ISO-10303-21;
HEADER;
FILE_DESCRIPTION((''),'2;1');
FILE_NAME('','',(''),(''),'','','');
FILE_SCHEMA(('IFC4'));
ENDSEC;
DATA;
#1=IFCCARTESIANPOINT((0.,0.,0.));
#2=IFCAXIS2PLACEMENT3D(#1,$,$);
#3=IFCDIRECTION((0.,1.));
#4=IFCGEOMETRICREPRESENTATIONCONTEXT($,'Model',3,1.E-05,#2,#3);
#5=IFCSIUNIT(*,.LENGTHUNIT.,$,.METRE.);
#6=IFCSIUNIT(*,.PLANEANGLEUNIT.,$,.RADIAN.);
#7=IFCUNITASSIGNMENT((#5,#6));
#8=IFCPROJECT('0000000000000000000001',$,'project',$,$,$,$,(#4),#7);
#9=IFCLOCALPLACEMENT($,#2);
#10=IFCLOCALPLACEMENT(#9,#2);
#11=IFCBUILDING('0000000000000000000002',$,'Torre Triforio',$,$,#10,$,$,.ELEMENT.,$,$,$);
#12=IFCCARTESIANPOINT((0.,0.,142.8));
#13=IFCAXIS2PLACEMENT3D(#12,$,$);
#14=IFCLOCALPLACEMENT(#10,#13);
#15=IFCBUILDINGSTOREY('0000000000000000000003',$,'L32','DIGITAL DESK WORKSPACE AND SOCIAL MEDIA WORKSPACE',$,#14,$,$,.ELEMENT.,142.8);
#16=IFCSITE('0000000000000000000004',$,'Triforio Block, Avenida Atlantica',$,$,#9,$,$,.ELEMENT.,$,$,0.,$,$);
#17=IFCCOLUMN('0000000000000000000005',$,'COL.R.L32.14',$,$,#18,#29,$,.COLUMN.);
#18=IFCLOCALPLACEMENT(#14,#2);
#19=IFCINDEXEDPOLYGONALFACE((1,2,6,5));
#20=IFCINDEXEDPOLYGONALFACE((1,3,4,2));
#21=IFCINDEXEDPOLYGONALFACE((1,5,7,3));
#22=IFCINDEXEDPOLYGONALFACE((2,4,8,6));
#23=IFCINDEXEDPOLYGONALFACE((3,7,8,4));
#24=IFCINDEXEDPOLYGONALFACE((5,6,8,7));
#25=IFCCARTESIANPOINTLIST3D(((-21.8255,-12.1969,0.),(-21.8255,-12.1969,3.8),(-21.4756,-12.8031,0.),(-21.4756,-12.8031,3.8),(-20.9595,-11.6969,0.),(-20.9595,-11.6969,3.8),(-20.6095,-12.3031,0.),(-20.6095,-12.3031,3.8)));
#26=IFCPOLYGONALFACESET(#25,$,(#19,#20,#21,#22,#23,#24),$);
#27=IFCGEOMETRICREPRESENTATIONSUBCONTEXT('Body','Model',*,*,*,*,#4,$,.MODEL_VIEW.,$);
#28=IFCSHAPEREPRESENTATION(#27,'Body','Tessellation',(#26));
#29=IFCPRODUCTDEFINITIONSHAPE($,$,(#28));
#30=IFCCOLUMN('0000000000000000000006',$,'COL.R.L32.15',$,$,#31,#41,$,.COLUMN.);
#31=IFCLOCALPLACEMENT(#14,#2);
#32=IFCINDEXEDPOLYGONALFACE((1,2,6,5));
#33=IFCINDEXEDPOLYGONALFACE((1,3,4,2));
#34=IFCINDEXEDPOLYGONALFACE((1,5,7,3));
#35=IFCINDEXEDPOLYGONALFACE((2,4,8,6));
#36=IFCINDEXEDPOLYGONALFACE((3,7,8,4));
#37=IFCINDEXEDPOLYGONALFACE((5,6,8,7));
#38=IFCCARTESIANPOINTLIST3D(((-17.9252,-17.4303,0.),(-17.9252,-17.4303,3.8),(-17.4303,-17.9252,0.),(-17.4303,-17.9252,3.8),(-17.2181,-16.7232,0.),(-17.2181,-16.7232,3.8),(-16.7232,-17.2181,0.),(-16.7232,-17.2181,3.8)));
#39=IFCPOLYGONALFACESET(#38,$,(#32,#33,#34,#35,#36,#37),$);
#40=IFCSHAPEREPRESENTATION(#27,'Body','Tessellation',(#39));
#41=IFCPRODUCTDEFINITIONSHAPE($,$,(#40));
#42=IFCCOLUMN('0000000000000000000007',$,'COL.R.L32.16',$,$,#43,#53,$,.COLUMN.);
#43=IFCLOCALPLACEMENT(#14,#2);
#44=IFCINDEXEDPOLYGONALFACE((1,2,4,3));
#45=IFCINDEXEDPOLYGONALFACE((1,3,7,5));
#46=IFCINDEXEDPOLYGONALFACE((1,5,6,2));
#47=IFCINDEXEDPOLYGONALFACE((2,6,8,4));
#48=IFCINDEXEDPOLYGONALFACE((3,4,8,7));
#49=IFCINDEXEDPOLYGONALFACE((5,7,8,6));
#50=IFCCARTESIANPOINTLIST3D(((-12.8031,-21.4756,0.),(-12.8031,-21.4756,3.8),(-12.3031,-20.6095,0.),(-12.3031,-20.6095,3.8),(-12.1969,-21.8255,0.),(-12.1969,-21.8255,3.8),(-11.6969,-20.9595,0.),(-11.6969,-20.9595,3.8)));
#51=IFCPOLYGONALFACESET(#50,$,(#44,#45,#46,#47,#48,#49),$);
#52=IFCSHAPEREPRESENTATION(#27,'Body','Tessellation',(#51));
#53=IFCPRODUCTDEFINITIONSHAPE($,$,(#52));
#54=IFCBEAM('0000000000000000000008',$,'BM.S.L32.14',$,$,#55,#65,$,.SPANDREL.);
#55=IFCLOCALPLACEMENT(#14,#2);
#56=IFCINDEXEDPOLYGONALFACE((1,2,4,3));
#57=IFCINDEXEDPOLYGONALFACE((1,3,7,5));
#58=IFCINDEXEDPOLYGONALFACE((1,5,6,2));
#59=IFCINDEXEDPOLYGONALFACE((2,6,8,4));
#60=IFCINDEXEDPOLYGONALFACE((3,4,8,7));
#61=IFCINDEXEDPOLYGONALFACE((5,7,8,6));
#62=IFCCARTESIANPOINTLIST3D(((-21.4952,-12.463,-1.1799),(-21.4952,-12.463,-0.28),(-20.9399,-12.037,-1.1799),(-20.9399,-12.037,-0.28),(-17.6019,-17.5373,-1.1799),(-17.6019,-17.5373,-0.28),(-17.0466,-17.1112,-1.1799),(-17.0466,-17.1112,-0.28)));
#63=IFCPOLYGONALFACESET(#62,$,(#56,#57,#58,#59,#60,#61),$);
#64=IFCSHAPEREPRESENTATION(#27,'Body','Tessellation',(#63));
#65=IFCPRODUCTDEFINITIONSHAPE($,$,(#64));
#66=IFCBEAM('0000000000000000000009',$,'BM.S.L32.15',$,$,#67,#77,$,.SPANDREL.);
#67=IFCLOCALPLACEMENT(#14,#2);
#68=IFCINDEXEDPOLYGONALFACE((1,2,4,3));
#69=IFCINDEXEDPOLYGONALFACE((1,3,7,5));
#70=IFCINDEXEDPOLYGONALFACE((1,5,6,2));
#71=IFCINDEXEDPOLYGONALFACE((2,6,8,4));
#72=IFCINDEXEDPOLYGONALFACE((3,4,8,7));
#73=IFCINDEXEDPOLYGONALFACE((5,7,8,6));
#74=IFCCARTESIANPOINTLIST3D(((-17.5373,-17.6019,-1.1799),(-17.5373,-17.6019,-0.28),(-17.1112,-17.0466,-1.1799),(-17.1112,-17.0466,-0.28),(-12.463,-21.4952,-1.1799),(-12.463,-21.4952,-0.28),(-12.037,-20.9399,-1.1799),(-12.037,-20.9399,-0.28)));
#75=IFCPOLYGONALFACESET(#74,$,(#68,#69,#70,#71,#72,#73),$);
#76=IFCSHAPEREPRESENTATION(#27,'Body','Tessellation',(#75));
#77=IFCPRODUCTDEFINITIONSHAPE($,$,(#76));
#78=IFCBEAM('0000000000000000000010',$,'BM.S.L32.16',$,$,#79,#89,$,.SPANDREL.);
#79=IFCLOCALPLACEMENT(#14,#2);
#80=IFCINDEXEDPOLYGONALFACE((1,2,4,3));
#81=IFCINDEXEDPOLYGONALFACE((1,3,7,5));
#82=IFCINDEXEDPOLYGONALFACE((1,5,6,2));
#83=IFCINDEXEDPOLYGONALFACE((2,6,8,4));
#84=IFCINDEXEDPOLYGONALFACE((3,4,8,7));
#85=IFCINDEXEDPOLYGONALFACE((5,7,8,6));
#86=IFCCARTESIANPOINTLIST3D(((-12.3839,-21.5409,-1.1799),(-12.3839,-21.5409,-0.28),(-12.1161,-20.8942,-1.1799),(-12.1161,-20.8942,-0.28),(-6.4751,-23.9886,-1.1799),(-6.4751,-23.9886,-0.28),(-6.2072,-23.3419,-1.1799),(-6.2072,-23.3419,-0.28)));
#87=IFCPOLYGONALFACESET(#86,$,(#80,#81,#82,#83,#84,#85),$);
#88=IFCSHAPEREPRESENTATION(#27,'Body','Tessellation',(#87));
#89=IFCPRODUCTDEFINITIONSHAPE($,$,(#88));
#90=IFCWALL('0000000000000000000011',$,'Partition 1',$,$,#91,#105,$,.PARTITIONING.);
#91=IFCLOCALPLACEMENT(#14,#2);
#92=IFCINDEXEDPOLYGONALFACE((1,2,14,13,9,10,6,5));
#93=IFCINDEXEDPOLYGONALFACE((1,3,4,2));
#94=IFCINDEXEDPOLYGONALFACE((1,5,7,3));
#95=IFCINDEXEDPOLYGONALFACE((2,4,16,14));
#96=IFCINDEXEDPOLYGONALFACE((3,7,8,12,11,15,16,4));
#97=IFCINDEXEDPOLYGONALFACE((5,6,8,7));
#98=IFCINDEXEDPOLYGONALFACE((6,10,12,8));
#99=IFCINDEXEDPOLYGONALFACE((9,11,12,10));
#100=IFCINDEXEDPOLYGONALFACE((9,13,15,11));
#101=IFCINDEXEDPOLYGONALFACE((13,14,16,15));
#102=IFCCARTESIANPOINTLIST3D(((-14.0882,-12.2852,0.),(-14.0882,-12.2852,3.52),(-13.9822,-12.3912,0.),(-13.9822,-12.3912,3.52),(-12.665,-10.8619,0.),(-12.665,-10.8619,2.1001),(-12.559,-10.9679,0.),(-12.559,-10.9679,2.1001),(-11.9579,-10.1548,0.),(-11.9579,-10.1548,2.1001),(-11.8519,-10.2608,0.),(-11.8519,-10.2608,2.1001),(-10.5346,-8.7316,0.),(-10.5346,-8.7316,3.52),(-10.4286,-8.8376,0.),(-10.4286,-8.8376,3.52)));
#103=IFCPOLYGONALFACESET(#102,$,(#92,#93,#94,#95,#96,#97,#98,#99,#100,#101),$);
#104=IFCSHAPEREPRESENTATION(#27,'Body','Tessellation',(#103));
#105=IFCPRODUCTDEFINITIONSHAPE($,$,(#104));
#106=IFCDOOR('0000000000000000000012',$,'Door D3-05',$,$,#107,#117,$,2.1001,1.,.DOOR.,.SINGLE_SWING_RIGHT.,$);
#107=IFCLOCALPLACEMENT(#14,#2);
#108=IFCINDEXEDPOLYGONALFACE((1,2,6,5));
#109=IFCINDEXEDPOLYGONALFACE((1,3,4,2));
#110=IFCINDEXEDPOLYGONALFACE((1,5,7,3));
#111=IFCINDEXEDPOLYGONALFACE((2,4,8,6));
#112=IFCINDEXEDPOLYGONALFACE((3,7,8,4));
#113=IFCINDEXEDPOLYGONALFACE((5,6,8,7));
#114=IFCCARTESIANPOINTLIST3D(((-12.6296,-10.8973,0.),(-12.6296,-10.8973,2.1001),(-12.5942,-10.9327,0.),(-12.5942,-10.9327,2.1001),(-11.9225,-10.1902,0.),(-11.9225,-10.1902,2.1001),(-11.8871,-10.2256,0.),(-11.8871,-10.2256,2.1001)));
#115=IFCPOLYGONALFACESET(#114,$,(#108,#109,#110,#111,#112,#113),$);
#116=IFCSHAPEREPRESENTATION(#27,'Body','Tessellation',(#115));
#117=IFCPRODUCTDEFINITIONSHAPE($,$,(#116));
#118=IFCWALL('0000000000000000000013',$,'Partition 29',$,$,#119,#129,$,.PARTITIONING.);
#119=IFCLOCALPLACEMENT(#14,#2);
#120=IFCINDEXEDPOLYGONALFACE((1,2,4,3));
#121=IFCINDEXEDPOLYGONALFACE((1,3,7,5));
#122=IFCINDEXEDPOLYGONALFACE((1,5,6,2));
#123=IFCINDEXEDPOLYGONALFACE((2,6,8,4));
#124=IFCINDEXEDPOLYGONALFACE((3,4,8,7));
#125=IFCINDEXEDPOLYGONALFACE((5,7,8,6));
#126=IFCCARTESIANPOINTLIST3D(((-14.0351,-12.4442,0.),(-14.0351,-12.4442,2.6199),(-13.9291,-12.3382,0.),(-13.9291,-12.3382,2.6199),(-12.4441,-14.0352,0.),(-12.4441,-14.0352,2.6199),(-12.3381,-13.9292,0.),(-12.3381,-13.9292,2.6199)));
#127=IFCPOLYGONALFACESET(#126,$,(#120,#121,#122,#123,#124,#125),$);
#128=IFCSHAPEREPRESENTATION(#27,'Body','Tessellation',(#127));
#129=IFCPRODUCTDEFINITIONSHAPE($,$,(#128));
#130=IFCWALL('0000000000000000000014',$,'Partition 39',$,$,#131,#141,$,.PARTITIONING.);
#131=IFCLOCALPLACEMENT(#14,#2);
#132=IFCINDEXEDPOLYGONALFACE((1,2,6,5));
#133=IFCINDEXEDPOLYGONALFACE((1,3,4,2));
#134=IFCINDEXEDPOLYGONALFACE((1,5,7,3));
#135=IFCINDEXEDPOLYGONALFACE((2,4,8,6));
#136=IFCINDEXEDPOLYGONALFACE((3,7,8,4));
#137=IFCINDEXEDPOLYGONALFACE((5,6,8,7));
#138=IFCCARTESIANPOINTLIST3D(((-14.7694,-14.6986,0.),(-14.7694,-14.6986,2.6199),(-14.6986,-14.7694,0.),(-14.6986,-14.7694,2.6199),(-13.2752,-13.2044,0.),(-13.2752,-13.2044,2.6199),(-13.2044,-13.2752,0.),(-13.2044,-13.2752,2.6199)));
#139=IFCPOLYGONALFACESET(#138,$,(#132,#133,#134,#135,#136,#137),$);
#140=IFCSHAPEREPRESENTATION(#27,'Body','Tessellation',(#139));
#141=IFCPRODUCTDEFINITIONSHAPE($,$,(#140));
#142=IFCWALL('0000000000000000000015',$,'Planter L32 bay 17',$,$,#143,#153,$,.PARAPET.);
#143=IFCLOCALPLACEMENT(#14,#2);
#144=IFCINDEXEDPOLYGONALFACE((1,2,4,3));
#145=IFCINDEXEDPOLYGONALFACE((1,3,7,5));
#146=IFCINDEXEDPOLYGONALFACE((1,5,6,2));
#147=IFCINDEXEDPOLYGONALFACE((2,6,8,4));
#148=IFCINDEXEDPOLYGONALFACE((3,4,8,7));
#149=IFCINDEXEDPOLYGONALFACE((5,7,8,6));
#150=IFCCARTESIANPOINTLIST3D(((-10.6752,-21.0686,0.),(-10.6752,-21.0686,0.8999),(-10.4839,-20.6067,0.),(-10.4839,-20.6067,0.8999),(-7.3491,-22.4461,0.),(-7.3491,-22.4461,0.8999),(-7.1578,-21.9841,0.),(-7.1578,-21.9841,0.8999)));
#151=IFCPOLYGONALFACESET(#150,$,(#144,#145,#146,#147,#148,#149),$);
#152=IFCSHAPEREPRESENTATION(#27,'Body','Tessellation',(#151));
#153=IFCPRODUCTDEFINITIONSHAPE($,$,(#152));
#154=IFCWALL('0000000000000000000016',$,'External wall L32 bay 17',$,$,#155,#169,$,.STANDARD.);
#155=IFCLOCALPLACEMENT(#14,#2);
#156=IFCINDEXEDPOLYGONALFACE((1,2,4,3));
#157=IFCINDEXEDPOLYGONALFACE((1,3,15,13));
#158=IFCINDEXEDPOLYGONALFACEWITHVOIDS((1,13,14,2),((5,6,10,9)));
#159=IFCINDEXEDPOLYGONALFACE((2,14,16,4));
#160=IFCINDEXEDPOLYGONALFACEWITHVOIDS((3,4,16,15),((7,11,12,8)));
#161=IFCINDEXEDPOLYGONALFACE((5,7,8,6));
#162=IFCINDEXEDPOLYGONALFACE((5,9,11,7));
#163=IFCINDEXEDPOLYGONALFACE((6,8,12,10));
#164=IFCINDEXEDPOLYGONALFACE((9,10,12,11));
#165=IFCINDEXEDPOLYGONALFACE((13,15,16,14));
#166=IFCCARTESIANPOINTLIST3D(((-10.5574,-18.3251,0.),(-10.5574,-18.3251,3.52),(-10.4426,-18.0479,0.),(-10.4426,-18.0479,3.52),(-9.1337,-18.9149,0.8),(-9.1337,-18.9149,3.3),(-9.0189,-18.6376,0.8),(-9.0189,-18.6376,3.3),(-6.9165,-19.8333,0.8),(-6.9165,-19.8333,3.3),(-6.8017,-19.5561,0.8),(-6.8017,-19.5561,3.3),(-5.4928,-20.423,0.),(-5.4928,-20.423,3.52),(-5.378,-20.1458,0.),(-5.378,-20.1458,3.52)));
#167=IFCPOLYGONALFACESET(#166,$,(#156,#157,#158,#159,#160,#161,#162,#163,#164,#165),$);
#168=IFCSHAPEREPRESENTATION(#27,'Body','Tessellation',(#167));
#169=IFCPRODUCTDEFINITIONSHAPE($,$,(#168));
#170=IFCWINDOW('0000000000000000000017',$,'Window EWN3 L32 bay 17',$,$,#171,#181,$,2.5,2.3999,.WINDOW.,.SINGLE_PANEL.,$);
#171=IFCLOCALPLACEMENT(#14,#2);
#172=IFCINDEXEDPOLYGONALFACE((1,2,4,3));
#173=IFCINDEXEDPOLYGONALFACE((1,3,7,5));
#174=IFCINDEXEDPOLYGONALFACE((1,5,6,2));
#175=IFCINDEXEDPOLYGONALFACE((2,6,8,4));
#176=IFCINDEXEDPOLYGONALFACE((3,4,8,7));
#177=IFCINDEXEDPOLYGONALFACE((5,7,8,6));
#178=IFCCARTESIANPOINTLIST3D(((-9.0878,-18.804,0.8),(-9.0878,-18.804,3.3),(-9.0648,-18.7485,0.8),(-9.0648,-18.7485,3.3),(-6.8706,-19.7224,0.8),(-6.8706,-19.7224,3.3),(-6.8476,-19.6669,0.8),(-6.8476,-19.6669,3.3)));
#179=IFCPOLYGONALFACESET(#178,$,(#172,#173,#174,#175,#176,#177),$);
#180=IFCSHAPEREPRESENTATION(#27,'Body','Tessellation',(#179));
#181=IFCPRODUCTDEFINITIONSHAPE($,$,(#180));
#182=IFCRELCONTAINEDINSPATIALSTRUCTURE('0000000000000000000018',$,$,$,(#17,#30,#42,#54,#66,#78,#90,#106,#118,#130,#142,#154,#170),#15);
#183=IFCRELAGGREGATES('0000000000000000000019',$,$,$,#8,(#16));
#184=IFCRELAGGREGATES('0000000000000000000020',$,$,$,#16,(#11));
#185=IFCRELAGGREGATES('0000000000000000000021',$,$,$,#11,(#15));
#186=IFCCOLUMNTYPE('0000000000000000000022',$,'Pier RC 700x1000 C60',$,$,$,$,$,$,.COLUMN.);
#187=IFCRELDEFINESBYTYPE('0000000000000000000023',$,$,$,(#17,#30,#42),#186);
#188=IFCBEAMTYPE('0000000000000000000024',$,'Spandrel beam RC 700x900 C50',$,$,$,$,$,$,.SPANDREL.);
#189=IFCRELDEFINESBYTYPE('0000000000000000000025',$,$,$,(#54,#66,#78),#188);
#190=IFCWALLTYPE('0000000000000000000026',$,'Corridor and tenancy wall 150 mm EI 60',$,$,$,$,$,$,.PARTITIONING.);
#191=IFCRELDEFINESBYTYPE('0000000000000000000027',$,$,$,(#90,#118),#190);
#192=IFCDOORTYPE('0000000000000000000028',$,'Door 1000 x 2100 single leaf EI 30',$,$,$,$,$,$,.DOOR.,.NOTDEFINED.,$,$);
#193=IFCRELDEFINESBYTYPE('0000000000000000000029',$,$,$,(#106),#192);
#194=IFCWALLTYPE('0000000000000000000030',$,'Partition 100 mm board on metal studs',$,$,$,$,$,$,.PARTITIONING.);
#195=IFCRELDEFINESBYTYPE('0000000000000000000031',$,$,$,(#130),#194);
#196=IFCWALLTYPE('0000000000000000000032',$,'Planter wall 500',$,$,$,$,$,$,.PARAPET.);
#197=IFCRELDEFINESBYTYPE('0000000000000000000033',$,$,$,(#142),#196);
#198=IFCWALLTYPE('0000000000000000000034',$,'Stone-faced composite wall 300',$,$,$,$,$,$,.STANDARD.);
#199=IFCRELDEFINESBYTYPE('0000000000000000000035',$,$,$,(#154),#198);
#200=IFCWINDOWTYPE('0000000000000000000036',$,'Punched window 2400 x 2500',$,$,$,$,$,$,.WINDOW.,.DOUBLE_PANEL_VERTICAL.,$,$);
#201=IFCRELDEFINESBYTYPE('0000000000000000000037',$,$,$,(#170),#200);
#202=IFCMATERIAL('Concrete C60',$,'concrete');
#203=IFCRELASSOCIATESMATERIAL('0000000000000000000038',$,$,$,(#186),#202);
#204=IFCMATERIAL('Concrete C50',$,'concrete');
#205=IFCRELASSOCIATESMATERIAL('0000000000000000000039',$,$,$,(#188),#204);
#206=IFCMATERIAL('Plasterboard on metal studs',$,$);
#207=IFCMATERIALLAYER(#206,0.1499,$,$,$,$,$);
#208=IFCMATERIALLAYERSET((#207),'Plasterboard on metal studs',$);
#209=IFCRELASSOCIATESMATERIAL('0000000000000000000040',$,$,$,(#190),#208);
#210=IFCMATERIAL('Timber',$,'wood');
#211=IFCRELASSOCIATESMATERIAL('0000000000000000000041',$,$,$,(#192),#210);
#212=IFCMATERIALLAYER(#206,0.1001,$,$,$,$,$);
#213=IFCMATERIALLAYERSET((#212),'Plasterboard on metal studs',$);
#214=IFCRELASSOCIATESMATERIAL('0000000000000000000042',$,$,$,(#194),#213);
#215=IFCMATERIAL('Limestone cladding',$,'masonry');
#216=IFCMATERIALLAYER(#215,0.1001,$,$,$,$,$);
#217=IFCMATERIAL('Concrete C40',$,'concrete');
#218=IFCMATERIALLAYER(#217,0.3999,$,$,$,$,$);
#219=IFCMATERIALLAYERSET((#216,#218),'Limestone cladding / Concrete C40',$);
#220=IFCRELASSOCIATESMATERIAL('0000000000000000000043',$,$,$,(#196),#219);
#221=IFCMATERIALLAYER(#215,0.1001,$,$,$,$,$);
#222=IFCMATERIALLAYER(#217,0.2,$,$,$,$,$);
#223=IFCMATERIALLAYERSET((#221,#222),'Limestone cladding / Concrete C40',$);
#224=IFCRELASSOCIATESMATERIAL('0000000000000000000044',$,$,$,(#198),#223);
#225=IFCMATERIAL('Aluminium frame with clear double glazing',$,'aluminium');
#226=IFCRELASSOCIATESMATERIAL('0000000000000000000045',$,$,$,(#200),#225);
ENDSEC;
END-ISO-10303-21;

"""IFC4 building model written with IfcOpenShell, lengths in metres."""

from ifc_helpers import new_model, si_unit, direction, frame, frame_2d, origin, origin_2d, place, context, subcontext, project, spatial, rectangle, extrude, material, layer, layer_set, material_profile, profile_set, type_object, element, fill, save


model = new_model("IFC4")

# Units and contexts
model_context = context("Model", 3, precision=1e-05, world=origin(), true_north=direction((0.0, 1.0)))
body_context = subcontext(model_context, "Body", "Model", "MODEL_VIEW")
ifc_project = project(units=[si_unit("LENGTHUNIT", "METRE"), si_unit("PLANEANGLEUNIT", "RADIAN")], contexts=[model_context])

# Site, building, storey
site_placement = place(None, origin())
site = spatial("IfcSite", under=ifc_project, at=site_placement, Name="Triforio Block, Avenida Atlantica", CompositionType="ELEMENT", RefElevation=0.0)
building_placement = place(site_placement, origin())
building = spatial("IfcBuilding", under=site, at=building_placement, Name="Torre Triforio", CompositionType="ELEMENT")
storey_placement = place(building_placement, frame((0.0, 0.0, 142.8)))
storey = spatial("IfcBuildingStorey", under=building, at=storey_placement, Name="L32", Description="DIGITAL DESK WORKSPACE AND SOCIAL MEDIA WORKSPACE", CompositionType="ELEMENT", Elevation=142.8)

# Columns
ifc_material_1 = material(Name="Concrete C60", Category="concrete")
ifc_material_profile_1 = material_profile(ifc_material_1, rectangle(XDim=0.7, YDim=1.0, at=origin_2d()), Name="RC 700x1000")
ifc_profile_set_1 = profile_set([ifc_material_profile_1], Name="Concrete C60")
column_type = type_object("IfcColumnType", Name="Pier RC 700x1000 C60", PredefinedType="COLUMN", material=ifc_profile_set_1)
for number, where, z_axis, x_axis, name in (
    (1, (-21.2175, -12.25, 0.0), (0.0, 0.0, 1.0), (0.5, -0.866025, 0.0), "COL.R.L32.14"),
    (2, (-17.3242, -17.3242, 0.0), (0.0, 0.0, 1.0), (0.707107, -0.707107, 0.0), "COL.R.L32.15"),
    (3, (-12.25, -21.2175, 0.0), (0.0, 0.0, 1.0), (0.866025, -0.5, 0.0), "COL.R.L32.16"),
):
    element("IfcColumn", number, at=place(storey_placement, frame(where, z_axis=z_axis, x_axis=x_axis)), inside=storey, type_object=column_type, Name=name, PredefinedType="COLUMN", context=body_context, shape_type="SweptSolid", body=[
        extrude(rectangle(XDim=0.7, YDim=1.0, at=origin_2d()), origin(), (0.0, 0.0, 1.0), 3.8),
    ])

# Beams
ifc_material_2 = material(Name="Concrete C50", Category="concrete")
ifc_material_profile_2 = material_profile(ifc_material_2, rectangle(XDim=0.7, YDim=0.8999, at=origin_2d()), Name="RC 700x900")
ifc_profile_set_2 = profile_set([ifc_material_profile_2], Name="Concrete C50")
beam_type = type_object("IfcBeamType", Name="Spandrel beam RC 700x900 C50", PredefinedType="SPANDREL", material=ifc_profile_set_2)
for number, where, z_axis, x_axis, name in (
    (4, (-21.2175, -12.25, -0.73), (0.608734, -0.793374, 0.0), (0.793374, 0.608734, 0.0), "BM.S.L32.14"),
    (5, (-17.3242, -17.3242, -0.73), (0.793374, -0.608734, 0.0), (0.608734, 0.793374, 0.0), "BM.S.L32.15"),
    (6, (-12.25, -21.2175, -0.73), (0.923869, -0.382709, 0.0), (0.382709, 0.923869, 0.0), "BM.S.L32.16"),
):
    element("IfcBeam", number, at=place(storey_placement, frame(where, z_axis=z_axis, x_axis=x_axis)), inside=storey, type_object=beam_type, Name=name, PredefinedType="SPANDREL", context=body_context, shape_type="SweptSolid", body=[
        extrude(rectangle(XDim=0.7, YDim=0.8999, at=origin_2d()), origin(), (0.0, 0.0, 1.0), 6.3958),
    ])

# Wall, opening, door
ifc_material_3 = material(Name="Plasterboard on metal studs")
ifc_layer_1 = layer(ifc_material_3, 0.1499)
ifc_layer_set_1 = layer_set([ifc_layer_1], Name="Plasterboard on metal studs")
wall_type_1 = type_object("IfcWallType", Name="Corridor and tenancy wall 150 mm EI 60", PredefinedType="PARTITIONING", material=ifc_layer_set_1)
wall_1_placement = place(storey_placement, frame((-14.0352, -12.3381, 0.0), z_axis=(0.0, 0.0, 1.0), x_axis=(0.707107, 0.707107, 0.0)))
wall_1 = element("IfcWall", 7, at=wall_1_placement, inside=storey, type_object=wall_type_1, Name="Partition 1", PredefinedType="PARTITIONING", context=body_context, shape_type="SweptSolid", body=[
    extrude(rectangle(XDim=5.0256, YDim=0.1499, at=frame_2d((2.5127, 0.0))), origin(), (0.0, 0.0, 1.0), 3.52),
])
opening_1_placement = place(wall_1_placement, frame((2.0127, 0.0, 0.0)))
opening_1 = element("IfcOpeningElement", 8, at=opening_1_placement, cuts=wall_1, PredefinedType="OPENING", context=body_context, shape_type="SweptSolid", body=[
    extrude(rectangle(XDim=1.0, YDim=2.1001, at=frame_2d((0.5, 1.05))), frame((0.0, 0.085, 0.0), z_axis=(0.0, -1.0, 0.0), x_axis=(1.0, 0.0, 0.0)), (0.0, 0.0, 1.0), 0.1699),
])
ifc_material_4 = material(Name="Timber", Category="wood")
door_type_1 = type_object("IfcDoorType", Name="Door 1000 x 2100 single leaf EI 30", OperationType="NOTDEFINED", PredefinedType="DOOR", material=ifc_material_4)
door_1_placement = place(opening_1_placement, origin())
door_1 = element("IfcDoor", 9, at=door_1_placement, inside=storey, type_object=door_type_1, Name="Door D3-05", OperationType="SINGLE_SWING_RIGHT", OverallHeight=2.1001, OverallWidth=1.0, PredefinedType="DOOR", context=body_context, shape_type="SweptSolid", body=[
    extrude(rectangle(XDim=1.0, YDim=2.1001, at=frame_2d((0.5, 1.05))), frame((0.0, 0.0249, 0.0), z_axis=(0.0, -1.0, 0.0), x_axis=(1.0, 0.0, 0.0)), (0.0, 0.0, 1.0), 0.05),
])
fill(opening_1, door_1)

# Walls
wall_2_placement = place(storey_placement, frame((-12.3911, -13.9822, 0.0), z_axis=(0.0, 0.0, 1.0), x_axis=(-0.707107, 0.707107, 0.0)))
element("IfcWall", 10, at=wall_2_placement, inside=storey, type_object=wall_type_1, Name="Partition 29", PredefinedType="PARTITIONING", context=body_context, shape_type="SweptSolid", body=[
    extrude(rectangle(XDim=2.25, YDim=0.1499, at=frame_2d((1.125, 0.0))), origin(), (0.0, 0.0, 1.0), 2.6199),
])
ifc_layer_2 = layer(ifc_material_3, 0.1001)
ifc_layer_set_2 = layer_set([ifc_layer_2], Name="Plasterboard on metal studs")
wall_type_2 = type_object("IfcWallType", Name="Partition 100 mm board on metal studs", PredefinedType="PARTITIONING", material=ifc_layer_set_2)
wall_3_placement = place(storey_placement, frame((-13.2397, -13.2397, 0.0), z_axis=(0.0, 0.0, 1.0), x_axis=(-0.707107, -0.707107, 0.0)))
element("IfcWall", 11, at=wall_3_placement, inside=storey, type_object=wall_type_2, Name="Partition 39", PredefinedType="PARTITIONING", context=body_context, shape_type="SweptSolid", body=[
    extrude(rectangle(XDim=2.113, YDim=0.1001, at=frame_2d((1.0566, 0.0))), origin(), (0.0, 0.0, 1.0), 2.6199),
])
ifc_material_5 = material(Name="Limestone cladding", Category="masonry")
ifc_layer_3 = layer(ifc_material_5, 0.1001)
ifc_material_6 = material(Name="Concrete C40", Category="concrete")
ifc_layer_4 = layer(ifc_material_6, 0.3999)
ifc_layer_set_3 = layer_set([ifc_layer_3, ifc_layer_4], Name="Limestone cladding / Concrete C40")
wall_type_3 = type_object("IfcWallType", Name="Planter wall 500", PredefinedType="PARAPET", material=ifc_layer_set_3)
wall_4_placement = place(storey_placement, frame((-10.5796, -20.8376, 0.0), z_axis=(0.0, 0.0, 1.0), x_axis=(0.923909, -0.382611, 0.0)))
element("IfcWall", 12, at=wall_4_placement, inside=storey, type_object=wall_type_3, Name="Planter L32 bay 17", PredefinedType="PARAPET", context=body_context, shape_type="SweptSolid", body=[
    extrude(rectangle(XDim=3.6001, YDim=0.5, at=frame_2d((1.8, 0.0))), origin(), (0.0, 0.0, 1.0), 0.8999),
])

# Shared definitions
ifc_layer_5 = layer(ifc_material_5, 0.1001)
ifc_layer_6 = layer(ifc_material_6, 0.2)
ifc_layer_set_4 = layer_set([ifc_layer_5, ifc_layer_6], Name="Limestone cladding / Concrete C40")
wall_type_4 = type_object("IfcWallType", Name="Stone-faced composite wall 300", PredefinedType="STANDARD", material=ifc_layer_set_4)
ifc_material_7 = material(Name="Aluminium frame with clear double glazing", Category="aluminium")

# Wall, opening, window
wall_5_placement = place(storey_placement, frame((-10.5, -18.1865, 0.0), z_axis=(0.0, 0.0, 1.0), x_axis=(0.923877, -0.382689, 0.0)))
wall_5 = element("IfcWall", 13, at=wall_5_placement, inside=storey, type_object=wall_type_4, Name="External wall L32 bay 17", PredefinedType="STANDARD", context=body_context, shape_type="SweptSolid", body=[
    extrude(rectangle(XDim=5.4819, YDim=0.3, at=frame_2d((2.741, 0.0))), origin(), (0.0, 0.0, 1.0), 3.52),
])
opening_2_placement = place(wall_5_placement, frame((1.541, 0.0, 0.8)))
opening_2 = element("IfcOpeningElement", 14, at=opening_2_placement, cuts=wall_5, PredefinedType="OPENING", context=body_context, shape_type="SweptSolid", body=[
    extrude(rectangle(XDim=2.3999, YDim=2.5, at=frame_2d((1.2, 1.25))), frame((0.0, 0.1599, 0.0), z_axis=(0.0, -1.0, 0.0), x_axis=(1.0, 0.0, 0.0)), (0.0, 0.0, 1.0), 0.3201),
])
window_type_1 = type_object("IfcWindowType", Name="Punched window 2400 x 2500", PartitioningType="DOUBLE_PANEL_VERTICAL", PredefinedType="WINDOW", material=ifc_material_7)
window_1_placement = place(opening_2_placement, origin())
window_1 = element("IfcWindow", 15, at=window_1_placement, inside=storey, type_object=window_type_1, Name="Window EWN3 L32 bay 17", OverallHeight=2.5, OverallWidth=2.3999, PartitioningType="SINGLE_PANEL", PredefinedType="WINDOW", context=body_context, shape_type="SweptSolid", body=[
    extrude(rectangle(XDim=2.3999, YDim=2.5, at=frame_2d((1.2, 1.25))), frame((0.0, 0.03, 0.0), z_axis=(0.0, -1.0, 0.0), x_axis=(1.0, 0.0, 0.0)), (0.0, 0.0, 1.0), 0.0601),
])
fill(opening_2, window_1)

save(model, "model.ifc")
